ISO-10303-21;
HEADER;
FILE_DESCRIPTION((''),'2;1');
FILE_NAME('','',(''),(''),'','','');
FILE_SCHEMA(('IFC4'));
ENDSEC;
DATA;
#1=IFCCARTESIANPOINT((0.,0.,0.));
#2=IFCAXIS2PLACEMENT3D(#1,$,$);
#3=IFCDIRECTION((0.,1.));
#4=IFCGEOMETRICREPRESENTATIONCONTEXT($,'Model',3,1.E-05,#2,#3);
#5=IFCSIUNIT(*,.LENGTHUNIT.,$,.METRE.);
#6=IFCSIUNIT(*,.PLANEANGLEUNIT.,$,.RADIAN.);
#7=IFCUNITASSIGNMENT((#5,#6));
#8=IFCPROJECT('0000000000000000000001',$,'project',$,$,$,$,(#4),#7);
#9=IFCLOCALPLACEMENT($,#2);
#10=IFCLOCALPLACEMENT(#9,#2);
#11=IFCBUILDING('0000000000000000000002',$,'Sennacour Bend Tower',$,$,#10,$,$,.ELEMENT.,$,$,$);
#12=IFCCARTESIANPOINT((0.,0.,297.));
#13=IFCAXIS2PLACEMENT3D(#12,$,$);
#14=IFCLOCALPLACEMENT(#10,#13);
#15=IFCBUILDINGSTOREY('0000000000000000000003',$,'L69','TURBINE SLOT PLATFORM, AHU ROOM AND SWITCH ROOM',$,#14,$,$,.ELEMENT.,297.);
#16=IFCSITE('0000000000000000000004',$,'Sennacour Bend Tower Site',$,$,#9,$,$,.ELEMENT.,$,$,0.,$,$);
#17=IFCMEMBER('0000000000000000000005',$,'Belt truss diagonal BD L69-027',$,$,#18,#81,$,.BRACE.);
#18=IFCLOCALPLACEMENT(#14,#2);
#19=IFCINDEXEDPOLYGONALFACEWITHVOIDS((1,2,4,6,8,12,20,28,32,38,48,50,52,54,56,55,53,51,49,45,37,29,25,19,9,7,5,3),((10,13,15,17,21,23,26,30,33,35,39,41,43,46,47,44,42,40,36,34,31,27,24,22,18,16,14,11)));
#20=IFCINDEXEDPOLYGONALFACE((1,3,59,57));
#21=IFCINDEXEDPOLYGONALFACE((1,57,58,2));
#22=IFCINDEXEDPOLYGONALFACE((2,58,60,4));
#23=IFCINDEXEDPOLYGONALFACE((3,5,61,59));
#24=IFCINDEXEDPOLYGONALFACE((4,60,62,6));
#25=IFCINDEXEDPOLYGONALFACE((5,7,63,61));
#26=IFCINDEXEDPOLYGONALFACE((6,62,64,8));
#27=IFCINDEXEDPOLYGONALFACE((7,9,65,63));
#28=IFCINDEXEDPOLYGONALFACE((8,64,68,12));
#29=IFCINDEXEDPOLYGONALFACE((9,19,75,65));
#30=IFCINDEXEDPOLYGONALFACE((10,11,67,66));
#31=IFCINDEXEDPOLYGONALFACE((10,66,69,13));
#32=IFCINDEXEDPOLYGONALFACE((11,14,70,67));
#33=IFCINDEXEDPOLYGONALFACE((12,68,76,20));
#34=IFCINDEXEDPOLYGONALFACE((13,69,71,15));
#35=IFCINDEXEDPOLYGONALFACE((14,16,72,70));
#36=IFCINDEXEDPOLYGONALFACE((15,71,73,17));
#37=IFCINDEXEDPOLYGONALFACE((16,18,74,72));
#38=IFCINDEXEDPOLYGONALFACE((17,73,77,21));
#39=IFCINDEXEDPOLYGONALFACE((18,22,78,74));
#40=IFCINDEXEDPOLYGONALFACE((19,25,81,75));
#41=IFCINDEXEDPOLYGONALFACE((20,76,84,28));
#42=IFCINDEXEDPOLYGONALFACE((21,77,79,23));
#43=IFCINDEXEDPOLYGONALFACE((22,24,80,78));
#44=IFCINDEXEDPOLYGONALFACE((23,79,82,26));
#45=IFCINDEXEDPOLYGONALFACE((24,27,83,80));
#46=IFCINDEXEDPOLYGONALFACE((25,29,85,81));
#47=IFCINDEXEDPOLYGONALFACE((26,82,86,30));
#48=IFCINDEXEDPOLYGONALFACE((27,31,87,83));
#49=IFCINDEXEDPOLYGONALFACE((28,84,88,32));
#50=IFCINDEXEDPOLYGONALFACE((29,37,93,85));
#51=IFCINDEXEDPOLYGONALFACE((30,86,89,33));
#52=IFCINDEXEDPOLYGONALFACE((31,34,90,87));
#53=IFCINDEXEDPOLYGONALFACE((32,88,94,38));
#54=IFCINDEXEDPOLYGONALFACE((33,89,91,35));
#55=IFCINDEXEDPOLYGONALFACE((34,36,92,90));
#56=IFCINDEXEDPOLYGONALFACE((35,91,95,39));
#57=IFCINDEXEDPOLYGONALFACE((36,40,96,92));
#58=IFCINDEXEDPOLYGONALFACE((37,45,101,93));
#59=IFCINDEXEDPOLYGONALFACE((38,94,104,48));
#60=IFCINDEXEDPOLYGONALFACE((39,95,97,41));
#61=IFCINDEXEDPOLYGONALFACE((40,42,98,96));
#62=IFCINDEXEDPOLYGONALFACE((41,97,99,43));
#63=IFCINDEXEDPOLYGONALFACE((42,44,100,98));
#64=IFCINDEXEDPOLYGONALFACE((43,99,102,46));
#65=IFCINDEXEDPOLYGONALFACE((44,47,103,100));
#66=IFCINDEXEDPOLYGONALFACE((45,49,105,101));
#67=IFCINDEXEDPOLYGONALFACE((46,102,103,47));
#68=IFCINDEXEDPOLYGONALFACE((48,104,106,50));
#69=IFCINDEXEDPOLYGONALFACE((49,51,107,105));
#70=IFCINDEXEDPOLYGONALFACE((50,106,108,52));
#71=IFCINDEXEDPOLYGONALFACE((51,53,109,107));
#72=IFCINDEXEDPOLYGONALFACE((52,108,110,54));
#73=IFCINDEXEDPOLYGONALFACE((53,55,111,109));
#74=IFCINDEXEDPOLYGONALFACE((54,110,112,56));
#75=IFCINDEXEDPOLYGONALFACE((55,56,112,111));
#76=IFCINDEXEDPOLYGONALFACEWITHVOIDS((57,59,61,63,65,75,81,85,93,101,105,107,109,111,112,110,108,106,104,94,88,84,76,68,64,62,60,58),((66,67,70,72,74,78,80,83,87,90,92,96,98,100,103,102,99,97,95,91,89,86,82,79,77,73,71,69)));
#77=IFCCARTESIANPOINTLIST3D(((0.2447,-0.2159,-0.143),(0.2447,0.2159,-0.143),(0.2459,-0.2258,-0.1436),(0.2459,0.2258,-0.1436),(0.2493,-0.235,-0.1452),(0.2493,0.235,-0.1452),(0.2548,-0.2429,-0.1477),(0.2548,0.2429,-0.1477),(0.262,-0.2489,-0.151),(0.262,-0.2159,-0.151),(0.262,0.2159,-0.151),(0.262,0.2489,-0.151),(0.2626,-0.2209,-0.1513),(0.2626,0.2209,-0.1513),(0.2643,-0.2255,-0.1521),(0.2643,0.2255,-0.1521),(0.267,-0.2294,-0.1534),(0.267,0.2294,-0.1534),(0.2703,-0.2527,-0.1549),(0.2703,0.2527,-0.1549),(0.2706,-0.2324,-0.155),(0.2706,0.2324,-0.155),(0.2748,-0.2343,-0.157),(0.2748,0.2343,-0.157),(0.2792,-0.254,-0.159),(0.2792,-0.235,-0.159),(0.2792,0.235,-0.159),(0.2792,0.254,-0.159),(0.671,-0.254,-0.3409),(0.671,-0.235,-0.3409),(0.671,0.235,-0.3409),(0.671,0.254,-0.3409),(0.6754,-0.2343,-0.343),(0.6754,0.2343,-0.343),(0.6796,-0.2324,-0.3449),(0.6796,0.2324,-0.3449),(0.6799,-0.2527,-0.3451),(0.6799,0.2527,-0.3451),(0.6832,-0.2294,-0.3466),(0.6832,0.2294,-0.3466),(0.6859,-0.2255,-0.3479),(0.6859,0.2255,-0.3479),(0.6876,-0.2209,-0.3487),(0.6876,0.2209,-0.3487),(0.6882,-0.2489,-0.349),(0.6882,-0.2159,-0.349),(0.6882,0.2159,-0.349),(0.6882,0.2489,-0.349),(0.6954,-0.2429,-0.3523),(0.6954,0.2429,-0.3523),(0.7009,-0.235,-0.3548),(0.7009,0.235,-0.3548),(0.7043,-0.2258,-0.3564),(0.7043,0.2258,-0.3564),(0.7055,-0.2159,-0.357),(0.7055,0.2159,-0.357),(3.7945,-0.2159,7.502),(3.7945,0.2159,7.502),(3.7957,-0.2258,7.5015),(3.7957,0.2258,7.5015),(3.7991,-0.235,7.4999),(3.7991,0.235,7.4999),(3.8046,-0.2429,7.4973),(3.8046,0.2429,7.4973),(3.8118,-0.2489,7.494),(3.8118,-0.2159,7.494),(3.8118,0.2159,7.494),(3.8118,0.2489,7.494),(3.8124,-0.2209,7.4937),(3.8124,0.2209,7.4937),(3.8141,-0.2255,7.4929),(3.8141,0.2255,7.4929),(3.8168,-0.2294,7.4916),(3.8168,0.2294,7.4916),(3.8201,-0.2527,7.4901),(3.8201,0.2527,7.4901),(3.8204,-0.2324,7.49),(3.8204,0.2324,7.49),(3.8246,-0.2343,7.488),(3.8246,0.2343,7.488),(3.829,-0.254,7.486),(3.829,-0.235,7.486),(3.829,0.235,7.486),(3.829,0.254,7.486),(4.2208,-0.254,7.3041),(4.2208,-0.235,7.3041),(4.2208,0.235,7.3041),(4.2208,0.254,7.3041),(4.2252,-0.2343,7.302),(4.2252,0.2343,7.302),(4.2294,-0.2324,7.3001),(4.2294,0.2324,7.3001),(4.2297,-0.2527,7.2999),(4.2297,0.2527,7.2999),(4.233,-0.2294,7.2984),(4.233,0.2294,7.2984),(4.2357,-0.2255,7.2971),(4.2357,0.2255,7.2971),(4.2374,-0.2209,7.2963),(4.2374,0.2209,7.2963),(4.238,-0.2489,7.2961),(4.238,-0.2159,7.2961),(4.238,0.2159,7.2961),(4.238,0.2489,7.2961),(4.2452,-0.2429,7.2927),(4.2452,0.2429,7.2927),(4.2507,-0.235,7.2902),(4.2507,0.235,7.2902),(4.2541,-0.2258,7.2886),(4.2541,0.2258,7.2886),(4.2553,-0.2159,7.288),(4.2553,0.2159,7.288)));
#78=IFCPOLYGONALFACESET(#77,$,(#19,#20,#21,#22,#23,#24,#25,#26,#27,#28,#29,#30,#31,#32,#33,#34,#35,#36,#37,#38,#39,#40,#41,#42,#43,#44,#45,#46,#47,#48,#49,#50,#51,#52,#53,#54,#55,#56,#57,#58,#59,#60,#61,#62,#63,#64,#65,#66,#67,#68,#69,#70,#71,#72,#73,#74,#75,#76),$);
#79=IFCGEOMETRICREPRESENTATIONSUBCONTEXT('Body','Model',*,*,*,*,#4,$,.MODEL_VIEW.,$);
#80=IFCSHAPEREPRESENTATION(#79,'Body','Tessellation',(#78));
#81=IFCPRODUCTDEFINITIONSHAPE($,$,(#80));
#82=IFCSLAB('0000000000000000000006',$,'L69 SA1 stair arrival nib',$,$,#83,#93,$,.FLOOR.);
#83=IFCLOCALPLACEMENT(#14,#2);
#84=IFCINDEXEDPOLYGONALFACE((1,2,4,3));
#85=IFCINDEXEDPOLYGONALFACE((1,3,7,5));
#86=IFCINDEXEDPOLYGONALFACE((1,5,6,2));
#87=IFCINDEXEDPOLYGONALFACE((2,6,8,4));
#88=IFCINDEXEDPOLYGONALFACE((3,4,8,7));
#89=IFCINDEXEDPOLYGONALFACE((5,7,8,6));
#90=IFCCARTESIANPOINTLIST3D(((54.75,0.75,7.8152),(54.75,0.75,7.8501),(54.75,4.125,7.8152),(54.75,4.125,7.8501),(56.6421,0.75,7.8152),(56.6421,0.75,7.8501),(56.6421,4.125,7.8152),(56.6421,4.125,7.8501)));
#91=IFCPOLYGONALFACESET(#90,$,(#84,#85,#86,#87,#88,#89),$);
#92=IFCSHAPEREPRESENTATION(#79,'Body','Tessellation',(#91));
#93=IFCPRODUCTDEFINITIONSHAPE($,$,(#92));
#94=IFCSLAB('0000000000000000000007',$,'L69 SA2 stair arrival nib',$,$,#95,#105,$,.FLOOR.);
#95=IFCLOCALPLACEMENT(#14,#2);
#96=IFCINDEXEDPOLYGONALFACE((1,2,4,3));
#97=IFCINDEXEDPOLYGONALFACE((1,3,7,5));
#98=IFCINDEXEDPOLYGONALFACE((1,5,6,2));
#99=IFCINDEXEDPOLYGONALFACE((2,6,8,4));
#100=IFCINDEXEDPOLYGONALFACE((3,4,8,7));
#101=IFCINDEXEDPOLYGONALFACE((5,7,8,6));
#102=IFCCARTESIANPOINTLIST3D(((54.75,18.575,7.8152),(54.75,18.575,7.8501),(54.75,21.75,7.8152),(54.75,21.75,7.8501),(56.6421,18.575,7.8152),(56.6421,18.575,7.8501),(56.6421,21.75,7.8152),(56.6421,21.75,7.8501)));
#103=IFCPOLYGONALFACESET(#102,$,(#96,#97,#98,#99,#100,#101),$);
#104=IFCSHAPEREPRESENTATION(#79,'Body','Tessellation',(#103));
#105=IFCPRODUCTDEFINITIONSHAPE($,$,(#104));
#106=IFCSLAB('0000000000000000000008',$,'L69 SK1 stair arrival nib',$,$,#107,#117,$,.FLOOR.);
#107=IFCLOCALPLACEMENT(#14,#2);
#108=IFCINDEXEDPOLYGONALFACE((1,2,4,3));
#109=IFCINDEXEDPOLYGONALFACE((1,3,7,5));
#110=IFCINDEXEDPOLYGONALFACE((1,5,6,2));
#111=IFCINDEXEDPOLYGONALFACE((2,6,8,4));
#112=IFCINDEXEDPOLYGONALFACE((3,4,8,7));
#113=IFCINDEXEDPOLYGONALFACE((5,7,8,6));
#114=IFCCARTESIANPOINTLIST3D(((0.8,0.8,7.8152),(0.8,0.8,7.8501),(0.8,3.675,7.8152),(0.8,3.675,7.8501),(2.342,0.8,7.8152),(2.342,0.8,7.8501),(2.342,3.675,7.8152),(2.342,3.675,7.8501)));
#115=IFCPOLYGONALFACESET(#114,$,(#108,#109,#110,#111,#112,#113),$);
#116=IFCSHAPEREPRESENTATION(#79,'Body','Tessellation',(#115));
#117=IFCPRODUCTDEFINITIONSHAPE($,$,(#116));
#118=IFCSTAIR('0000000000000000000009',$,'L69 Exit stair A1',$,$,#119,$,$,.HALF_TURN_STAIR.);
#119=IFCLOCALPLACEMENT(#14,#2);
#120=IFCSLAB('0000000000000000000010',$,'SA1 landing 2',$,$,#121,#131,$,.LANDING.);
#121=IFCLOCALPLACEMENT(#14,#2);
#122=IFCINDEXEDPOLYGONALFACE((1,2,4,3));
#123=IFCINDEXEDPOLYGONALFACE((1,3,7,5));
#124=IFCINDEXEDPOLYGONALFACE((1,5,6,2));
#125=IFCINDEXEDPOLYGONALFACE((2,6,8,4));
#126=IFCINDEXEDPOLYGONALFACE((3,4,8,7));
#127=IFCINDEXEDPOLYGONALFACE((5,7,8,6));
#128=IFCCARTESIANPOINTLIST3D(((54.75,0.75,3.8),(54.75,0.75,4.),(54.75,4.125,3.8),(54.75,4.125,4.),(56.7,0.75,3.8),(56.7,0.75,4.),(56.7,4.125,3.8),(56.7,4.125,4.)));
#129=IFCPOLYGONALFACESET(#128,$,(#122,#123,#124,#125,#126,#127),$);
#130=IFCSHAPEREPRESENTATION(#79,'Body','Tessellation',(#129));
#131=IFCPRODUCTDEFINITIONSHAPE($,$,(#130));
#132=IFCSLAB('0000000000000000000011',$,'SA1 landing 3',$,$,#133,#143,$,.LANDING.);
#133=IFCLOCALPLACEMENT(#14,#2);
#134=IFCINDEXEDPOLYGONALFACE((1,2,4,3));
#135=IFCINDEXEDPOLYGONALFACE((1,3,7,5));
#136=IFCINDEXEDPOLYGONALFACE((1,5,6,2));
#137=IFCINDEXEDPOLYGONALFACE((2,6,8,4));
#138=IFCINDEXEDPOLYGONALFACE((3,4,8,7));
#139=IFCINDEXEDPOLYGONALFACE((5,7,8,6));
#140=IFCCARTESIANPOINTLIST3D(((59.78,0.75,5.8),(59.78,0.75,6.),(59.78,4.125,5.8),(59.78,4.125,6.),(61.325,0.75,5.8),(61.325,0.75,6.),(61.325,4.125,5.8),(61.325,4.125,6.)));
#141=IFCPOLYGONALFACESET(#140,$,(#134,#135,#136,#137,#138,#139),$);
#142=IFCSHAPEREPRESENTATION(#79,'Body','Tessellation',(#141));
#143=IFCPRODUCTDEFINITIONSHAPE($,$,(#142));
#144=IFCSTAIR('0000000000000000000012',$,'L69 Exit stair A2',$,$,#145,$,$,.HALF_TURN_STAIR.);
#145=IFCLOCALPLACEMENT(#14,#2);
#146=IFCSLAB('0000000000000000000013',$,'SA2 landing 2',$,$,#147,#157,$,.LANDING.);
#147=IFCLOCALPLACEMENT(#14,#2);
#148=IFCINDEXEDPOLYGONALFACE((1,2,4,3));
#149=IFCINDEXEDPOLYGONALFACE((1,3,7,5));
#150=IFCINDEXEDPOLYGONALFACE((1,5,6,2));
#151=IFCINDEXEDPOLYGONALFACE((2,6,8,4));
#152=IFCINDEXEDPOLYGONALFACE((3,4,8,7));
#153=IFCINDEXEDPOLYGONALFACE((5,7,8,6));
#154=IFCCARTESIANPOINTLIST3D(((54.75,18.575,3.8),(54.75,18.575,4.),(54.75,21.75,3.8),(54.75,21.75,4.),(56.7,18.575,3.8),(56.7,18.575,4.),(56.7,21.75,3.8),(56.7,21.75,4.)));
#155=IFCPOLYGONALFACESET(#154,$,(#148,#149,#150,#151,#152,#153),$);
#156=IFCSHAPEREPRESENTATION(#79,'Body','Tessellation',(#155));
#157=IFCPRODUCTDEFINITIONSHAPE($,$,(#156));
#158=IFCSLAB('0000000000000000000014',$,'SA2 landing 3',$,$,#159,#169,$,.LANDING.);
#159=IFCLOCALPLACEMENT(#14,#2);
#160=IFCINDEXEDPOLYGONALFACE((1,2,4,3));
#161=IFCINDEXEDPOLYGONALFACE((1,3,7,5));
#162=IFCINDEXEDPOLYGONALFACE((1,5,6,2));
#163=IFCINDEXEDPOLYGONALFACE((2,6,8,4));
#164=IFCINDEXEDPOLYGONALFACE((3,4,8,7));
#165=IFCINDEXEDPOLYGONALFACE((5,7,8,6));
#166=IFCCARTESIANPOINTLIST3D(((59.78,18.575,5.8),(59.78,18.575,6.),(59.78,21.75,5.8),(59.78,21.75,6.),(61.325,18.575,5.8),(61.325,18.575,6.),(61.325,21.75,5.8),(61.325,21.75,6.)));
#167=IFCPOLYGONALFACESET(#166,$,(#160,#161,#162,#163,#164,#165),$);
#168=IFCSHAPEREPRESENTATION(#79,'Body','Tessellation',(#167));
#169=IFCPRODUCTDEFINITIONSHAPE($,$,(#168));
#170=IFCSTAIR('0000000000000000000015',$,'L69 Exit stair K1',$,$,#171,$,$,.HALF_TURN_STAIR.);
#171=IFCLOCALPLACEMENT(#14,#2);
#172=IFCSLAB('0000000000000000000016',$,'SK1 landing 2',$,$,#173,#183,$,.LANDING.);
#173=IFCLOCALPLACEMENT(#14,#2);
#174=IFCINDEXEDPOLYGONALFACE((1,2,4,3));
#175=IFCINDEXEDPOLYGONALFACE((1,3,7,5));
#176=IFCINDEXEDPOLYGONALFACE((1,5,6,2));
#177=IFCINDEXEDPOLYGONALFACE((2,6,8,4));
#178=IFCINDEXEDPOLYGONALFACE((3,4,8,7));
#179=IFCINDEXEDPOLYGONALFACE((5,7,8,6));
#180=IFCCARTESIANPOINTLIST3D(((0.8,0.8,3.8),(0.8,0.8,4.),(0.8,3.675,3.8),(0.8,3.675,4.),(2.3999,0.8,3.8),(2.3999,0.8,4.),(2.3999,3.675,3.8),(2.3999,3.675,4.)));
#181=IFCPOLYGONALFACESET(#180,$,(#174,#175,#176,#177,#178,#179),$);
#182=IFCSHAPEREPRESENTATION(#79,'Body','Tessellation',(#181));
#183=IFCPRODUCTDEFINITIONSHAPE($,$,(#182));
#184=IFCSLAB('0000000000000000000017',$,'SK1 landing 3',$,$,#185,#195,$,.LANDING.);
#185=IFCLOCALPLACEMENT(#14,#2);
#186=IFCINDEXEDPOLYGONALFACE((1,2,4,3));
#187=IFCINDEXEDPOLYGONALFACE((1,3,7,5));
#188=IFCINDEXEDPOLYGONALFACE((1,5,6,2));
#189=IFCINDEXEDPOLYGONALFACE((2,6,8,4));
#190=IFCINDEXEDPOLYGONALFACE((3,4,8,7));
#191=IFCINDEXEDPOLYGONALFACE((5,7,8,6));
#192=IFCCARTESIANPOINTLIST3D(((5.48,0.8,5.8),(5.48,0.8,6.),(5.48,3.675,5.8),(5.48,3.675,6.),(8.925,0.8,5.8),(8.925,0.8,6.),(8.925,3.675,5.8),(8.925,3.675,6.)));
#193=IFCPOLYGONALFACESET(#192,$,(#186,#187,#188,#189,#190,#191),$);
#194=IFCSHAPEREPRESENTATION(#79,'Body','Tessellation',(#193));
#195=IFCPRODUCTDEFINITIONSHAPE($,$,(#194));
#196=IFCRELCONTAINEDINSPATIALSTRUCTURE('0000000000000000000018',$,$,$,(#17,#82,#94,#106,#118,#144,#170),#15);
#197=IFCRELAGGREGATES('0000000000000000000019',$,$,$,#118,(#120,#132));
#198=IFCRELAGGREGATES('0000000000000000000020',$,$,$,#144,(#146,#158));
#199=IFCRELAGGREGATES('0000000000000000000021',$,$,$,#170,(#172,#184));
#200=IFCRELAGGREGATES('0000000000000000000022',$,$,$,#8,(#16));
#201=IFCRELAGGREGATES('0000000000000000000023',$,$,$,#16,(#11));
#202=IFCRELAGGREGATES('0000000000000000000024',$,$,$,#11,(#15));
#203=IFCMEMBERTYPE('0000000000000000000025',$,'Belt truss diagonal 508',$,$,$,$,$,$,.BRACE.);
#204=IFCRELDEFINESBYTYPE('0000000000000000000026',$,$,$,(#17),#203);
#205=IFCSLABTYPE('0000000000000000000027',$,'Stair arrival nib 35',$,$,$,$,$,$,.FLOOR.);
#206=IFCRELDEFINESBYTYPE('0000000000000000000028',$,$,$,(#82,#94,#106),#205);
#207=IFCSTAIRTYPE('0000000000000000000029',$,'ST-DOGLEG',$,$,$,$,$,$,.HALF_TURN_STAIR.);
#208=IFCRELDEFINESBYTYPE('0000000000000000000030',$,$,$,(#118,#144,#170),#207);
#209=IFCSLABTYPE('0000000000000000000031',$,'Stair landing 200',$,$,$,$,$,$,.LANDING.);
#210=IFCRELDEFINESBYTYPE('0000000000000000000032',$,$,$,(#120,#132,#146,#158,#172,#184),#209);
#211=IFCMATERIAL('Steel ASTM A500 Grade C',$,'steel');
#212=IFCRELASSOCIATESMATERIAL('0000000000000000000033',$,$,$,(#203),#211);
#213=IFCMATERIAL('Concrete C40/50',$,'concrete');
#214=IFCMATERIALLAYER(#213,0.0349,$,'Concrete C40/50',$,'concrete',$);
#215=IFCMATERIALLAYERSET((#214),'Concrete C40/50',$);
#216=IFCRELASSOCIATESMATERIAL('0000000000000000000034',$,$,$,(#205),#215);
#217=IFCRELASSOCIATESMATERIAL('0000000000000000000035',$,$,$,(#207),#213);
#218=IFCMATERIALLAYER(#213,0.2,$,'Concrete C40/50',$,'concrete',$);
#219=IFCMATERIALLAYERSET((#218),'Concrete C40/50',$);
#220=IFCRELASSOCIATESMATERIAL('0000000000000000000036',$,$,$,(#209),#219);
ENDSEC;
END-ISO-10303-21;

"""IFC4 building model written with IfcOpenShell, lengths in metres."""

from ifc_helpers import new_model, si_unit, direction, frame, origin, origin_2d, place, context, subcontext, project, spatial, polyline, hollow_rectangle, outline, extrude, material, layer, layer_set, material_profile, profile_set, type_object, element, aggregate, save


model = new_model("IFC4")

# Units and contexts
model_context = context("Model", 3, precision=1e-05, world=origin(), true_north=direction((0.0, 1.0)))
body_context = subcontext(model_context, "Body", "Model", "MODEL_VIEW")
ifc_project = project(units=[si_unit("LENGTHUNIT", "METRE"), si_unit("PLANEANGLEUNIT", "RADIAN")], contexts=[model_context])

# Site, building, storey
site_placement = place(None, origin())
site = spatial("IfcSite", under=ifc_project, at=site_placement, Name="Sennacour Bend Tower Site", CompositionType="ELEMENT", RefElevation=0.0)
building_placement = place(site_placement, origin())
building = spatial("IfcBuilding", under=site, at=building_placement, Name="Sennacour Bend Tower", CompositionType="ELEMENT")
storey_placement = place(building_placement, frame((0.0, 0.0, 297.0)))
storey = spatial("IfcBuildingStorey", under=building, at=storey_placement, Name="L69", Description="TURBINE SLOT PLATFORM, AHU ROOM AND SWITCH ROOM", CompositionType="ELEMENT", Elevation=297.0)

# Member
ifc_material_1 = material(Name="Steel ASTM A500 Grade C", Category="steel")
ifc_material_profile_1 = material_profile(ifc_material_1, hollow_rectangle(XDim=0.5081, YDim=0.5081, WallThickness=0.019, InnerFilletRadius=0.019, OuterFilletRadius=0.0381, at=origin_2d()), Name="Steel ASTM A500 Grade C", Category="steel")
ifc_profile_set_1 = profile_set([ifc_material_profile_1], Name="Steel ASTM A500 Grade C")
member_type_1 = type_object("IfcMemberType", Name="Belt truss diagonal 508", PredefinedType="BRACE", material=ifc_profile_set_1)
for number, where, z_axis, x_axis, name in (
    (1, (4.0249, 0.0, 7.395), (-0.421144, 0.0, -0.906994), (0.0, -1.0, 0.0), "Belt truss diagonal BD L69-027"),
):
    element("IfcMember", number, at=place(storey_placement, frame(where, z_axis=z_axis, x_axis=x_axis)), inside=storey, type_object=member_type_1, Name=name, PredefinedType="BRACE", context=body_context, shape_type="SweptSolid", body=[
        extrude(hollow_rectangle(XDim=0.5081, YDim=0.5081, WallThickness=0.019, InnerFilletRadius=0.019, OuterFilletRadius=0.0381, at=origin_2d()), origin(), (0.0, 0.0, 1.0), 8.429),
    ])

# Slabs
ifc_material_2 = material(Name="Concrete C40/50", Category="concrete")
ifc_layer_1 = layer(ifc_material_2, 0.0349, Name="Concrete C40/50", Category="concrete")
ifc_layer_set_1 = layer_set([ifc_layer_1], Name="Concrete C40/50")
slab_type_1 = type_object("IfcSlabType", Name="Stair arrival nib 35", PredefinedType="FLOOR", material=ifc_layer_set_1)
slab_1_placement = place(storey_placement, frame((0.0, 0.0, 7.8152)))
element("IfcSlab", 2, at=slab_1_placement, inside=storey, type_object=slab_type_1, Name="L69 SA1 stair arrival nib", PredefinedType="FLOOR", context=body_context, shape_type="SweptSolid", body=[
    extrude(outline(polyline([(56.6421, 4.125), (54.75, 4.125), (54.75, 0.75), (56.6421, 0.75), (56.6421, 4.125)])), origin(), (0.0, 0.0, 1.0), 0.0349),
])
slab_2_placement = place(storey_placement, frame((0.0, 0.0, 7.8152)))
element("IfcSlab", 3, at=slab_2_placement, inside=storey, type_object=slab_type_1, Name="L69 SA2 stair arrival nib", PredefinedType="FLOOR", context=body_context, shape_type="SweptSolid", body=[
    extrude(outline(polyline([(56.6421, 21.75), (54.75, 21.75), (54.75, 18.575), (56.6421, 18.575), (56.6421, 21.75)])), origin(), (0.0, 0.0, 1.0), 0.0349),
])
slab_3_placement = place(storey_placement, frame((0.0, 0.0, 7.8152)))
element("IfcSlab", 4, at=slab_3_placement, inside=storey, type_object=slab_type_1, Name="L69 SK1 stair arrival nib", PredefinedType="FLOOR", context=body_context, shape_type="SweptSolid", body=[
    extrude(outline(polyline([(2.342, 3.675), (0.8, 3.675), (0.8, 0.8), (2.342, 0.8), (2.342, 3.675)])), origin(), (0.0, 0.0, 1.0), 0.0349),
])

# Stairs, slabs
stair_type = type_object("IfcStairType", Name="ST-DOGLEG", PredefinedType="HALF_TURN_STAIR", material=ifc_material_2)
stair_1_placement = place(storey_placement, origin())
stair_1 = element("IfcStair", 5, at=stair_1_placement, inside=storey, type_object=stair_type, Name="L69 Exit stair A1", PredefinedType="HALF_TURN_STAIR")
ifc_layer_2 = layer(ifc_material_2, 0.2, Name="Concrete C40/50", Category="concrete")
ifc_layer_set_2 = layer_set([ifc_layer_2], Name="Concrete C40/50")
slab_type_2 = type_object("IfcSlabType", Name="Stair landing 200", PredefinedType="LANDING", material=ifc_layer_set_2)
slab_4_placement = place(storey_placement, frame((0.0, 0.0, 3.8)))
slab_4 = element("IfcSlab", 6, at=slab_4_placement, type_object=slab_type_2, Name="SA1 landing 2", PredefinedType="LANDING", context=body_context, shape_type="SweptSolid", body=[
    extrude(outline(polyline([(54.75, 0.75), (56.7, 0.75), (56.7, 4.125), (54.75, 4.125), (54.75, 0.75)])), origin(), (0.0, 0.0, 1.0), 0.2),
])
slab_5_placement = place(storey_placement, frame((0.0, 0.0, 5.8)))
slab_5 = element("IfcSlab", 7, at=slab_5_placement, type_object=slab_type_2, Name="SA1 landing 3", PredefinedType="LANDING", context=body_context, shape_type="SweptSolid", body=[
    extrude(outline(polyline([(59.78, 0.75), (61.325, 0.75), (61.325, 4.125), (59.78, 4.125), (59.78, 0.75)])), origin(), (0.0, 0.0, 1.0), 0.2),
])
aggregate(stair_1, [slab_4, slab_5])
stair_2_placement = place(storey_placement, origin())
stair_2 = element("IfcStair", 8, at=stair_2_placement, inside=storey, type_object=stair_type, Name="L69 Exit stair A2", PredefinedType="HALF_TURN_STAIR")
slab_6_placement = place(storey_placement, frame((0.0, 0.0, 3.8)))
slab_6 = element("IfcSlab", 9, at=slab_6_placement, type_object=slab_type_2, Name="SA2 landing 2", PredefinedType="LANDING", context=body_context, shape_type="SweptSolid", body=[
    extrude(outline(polyline([(54.75, 18.575), (56.7, 18.575), (56.7, 21.75), (54.75, 21.75), (54.75, 18.575)])), origin(), (0.0, 0.0, 1.0), 0.2),
])
slab_7_placement = place(storey_placement, frame((0.0, 0.0, 5.8)))
slab_7 = element("IfcSlab", 10, at=slab_7_placement, type_object=slab_type_2, Name="SA2 landing 3", PredefinedType="LANDING", context=body_context, shape_type="SweptSolid", body=[
    extrude(outline(polyline([(59.78, 18.575), (61.325, 18.575), (61.325, 21.75), (59.78, 21.75), (59.78, 18.575)])), origin(), (0.0, 0.0, 1.0), 0.2),
])
aggregate(stair_2, [slab_6, slab_7])

# Stair, slabs
stair_3_placement = place(storey_placement, origin())
stair_3 = element("IfcStair", 11, at=stair_3_placement, inside=storey, type_object=stair_type, Name="L69 Exit stair K1", PredefinedType="HALF_TURN_STAIR")
slab_8_placement = place(storey_placement, frame((0.0, 0.0, 3.8)))
slab_8 = element("IfcSlab", 12, at=slab_8_placement, type_object=slab_type_2, Name="SK1 landing 2", PredefinedType="LANDING", context=body_context, shape_type="SweptSolid", body=[
    extrude(outline(polyline([(0.8, 0.8), (2.3999, 0.8), (2.3999, 3.675), (0.8, 3.675), (0.8, 0.8)])), origin(), (0.0, 0.0, 1.0), 0.2),
])
slab_9_placement = place(storey_placement, frame((0.0, 0.0, 5.8)))
slab_9 = element("IfcSlab", 13, at=slab_9_placement, type_object=slab_type_2, Name="SK1 landing 3", PredefinedType="LANDING", context=body_context, shape_type="SweptSolid", body=[
    extrude(outline(polyline([(5.48, 0.8), (8.925, 0.8), (8.925, 3.675), (5.48, 3.675), (5.48, 0.8)])), origin(), (0.0, 0.0, 1.0), 0.2),
])
aggregate(stair_3, [slab_8, slab_9])

save(model, "model.ifc")
